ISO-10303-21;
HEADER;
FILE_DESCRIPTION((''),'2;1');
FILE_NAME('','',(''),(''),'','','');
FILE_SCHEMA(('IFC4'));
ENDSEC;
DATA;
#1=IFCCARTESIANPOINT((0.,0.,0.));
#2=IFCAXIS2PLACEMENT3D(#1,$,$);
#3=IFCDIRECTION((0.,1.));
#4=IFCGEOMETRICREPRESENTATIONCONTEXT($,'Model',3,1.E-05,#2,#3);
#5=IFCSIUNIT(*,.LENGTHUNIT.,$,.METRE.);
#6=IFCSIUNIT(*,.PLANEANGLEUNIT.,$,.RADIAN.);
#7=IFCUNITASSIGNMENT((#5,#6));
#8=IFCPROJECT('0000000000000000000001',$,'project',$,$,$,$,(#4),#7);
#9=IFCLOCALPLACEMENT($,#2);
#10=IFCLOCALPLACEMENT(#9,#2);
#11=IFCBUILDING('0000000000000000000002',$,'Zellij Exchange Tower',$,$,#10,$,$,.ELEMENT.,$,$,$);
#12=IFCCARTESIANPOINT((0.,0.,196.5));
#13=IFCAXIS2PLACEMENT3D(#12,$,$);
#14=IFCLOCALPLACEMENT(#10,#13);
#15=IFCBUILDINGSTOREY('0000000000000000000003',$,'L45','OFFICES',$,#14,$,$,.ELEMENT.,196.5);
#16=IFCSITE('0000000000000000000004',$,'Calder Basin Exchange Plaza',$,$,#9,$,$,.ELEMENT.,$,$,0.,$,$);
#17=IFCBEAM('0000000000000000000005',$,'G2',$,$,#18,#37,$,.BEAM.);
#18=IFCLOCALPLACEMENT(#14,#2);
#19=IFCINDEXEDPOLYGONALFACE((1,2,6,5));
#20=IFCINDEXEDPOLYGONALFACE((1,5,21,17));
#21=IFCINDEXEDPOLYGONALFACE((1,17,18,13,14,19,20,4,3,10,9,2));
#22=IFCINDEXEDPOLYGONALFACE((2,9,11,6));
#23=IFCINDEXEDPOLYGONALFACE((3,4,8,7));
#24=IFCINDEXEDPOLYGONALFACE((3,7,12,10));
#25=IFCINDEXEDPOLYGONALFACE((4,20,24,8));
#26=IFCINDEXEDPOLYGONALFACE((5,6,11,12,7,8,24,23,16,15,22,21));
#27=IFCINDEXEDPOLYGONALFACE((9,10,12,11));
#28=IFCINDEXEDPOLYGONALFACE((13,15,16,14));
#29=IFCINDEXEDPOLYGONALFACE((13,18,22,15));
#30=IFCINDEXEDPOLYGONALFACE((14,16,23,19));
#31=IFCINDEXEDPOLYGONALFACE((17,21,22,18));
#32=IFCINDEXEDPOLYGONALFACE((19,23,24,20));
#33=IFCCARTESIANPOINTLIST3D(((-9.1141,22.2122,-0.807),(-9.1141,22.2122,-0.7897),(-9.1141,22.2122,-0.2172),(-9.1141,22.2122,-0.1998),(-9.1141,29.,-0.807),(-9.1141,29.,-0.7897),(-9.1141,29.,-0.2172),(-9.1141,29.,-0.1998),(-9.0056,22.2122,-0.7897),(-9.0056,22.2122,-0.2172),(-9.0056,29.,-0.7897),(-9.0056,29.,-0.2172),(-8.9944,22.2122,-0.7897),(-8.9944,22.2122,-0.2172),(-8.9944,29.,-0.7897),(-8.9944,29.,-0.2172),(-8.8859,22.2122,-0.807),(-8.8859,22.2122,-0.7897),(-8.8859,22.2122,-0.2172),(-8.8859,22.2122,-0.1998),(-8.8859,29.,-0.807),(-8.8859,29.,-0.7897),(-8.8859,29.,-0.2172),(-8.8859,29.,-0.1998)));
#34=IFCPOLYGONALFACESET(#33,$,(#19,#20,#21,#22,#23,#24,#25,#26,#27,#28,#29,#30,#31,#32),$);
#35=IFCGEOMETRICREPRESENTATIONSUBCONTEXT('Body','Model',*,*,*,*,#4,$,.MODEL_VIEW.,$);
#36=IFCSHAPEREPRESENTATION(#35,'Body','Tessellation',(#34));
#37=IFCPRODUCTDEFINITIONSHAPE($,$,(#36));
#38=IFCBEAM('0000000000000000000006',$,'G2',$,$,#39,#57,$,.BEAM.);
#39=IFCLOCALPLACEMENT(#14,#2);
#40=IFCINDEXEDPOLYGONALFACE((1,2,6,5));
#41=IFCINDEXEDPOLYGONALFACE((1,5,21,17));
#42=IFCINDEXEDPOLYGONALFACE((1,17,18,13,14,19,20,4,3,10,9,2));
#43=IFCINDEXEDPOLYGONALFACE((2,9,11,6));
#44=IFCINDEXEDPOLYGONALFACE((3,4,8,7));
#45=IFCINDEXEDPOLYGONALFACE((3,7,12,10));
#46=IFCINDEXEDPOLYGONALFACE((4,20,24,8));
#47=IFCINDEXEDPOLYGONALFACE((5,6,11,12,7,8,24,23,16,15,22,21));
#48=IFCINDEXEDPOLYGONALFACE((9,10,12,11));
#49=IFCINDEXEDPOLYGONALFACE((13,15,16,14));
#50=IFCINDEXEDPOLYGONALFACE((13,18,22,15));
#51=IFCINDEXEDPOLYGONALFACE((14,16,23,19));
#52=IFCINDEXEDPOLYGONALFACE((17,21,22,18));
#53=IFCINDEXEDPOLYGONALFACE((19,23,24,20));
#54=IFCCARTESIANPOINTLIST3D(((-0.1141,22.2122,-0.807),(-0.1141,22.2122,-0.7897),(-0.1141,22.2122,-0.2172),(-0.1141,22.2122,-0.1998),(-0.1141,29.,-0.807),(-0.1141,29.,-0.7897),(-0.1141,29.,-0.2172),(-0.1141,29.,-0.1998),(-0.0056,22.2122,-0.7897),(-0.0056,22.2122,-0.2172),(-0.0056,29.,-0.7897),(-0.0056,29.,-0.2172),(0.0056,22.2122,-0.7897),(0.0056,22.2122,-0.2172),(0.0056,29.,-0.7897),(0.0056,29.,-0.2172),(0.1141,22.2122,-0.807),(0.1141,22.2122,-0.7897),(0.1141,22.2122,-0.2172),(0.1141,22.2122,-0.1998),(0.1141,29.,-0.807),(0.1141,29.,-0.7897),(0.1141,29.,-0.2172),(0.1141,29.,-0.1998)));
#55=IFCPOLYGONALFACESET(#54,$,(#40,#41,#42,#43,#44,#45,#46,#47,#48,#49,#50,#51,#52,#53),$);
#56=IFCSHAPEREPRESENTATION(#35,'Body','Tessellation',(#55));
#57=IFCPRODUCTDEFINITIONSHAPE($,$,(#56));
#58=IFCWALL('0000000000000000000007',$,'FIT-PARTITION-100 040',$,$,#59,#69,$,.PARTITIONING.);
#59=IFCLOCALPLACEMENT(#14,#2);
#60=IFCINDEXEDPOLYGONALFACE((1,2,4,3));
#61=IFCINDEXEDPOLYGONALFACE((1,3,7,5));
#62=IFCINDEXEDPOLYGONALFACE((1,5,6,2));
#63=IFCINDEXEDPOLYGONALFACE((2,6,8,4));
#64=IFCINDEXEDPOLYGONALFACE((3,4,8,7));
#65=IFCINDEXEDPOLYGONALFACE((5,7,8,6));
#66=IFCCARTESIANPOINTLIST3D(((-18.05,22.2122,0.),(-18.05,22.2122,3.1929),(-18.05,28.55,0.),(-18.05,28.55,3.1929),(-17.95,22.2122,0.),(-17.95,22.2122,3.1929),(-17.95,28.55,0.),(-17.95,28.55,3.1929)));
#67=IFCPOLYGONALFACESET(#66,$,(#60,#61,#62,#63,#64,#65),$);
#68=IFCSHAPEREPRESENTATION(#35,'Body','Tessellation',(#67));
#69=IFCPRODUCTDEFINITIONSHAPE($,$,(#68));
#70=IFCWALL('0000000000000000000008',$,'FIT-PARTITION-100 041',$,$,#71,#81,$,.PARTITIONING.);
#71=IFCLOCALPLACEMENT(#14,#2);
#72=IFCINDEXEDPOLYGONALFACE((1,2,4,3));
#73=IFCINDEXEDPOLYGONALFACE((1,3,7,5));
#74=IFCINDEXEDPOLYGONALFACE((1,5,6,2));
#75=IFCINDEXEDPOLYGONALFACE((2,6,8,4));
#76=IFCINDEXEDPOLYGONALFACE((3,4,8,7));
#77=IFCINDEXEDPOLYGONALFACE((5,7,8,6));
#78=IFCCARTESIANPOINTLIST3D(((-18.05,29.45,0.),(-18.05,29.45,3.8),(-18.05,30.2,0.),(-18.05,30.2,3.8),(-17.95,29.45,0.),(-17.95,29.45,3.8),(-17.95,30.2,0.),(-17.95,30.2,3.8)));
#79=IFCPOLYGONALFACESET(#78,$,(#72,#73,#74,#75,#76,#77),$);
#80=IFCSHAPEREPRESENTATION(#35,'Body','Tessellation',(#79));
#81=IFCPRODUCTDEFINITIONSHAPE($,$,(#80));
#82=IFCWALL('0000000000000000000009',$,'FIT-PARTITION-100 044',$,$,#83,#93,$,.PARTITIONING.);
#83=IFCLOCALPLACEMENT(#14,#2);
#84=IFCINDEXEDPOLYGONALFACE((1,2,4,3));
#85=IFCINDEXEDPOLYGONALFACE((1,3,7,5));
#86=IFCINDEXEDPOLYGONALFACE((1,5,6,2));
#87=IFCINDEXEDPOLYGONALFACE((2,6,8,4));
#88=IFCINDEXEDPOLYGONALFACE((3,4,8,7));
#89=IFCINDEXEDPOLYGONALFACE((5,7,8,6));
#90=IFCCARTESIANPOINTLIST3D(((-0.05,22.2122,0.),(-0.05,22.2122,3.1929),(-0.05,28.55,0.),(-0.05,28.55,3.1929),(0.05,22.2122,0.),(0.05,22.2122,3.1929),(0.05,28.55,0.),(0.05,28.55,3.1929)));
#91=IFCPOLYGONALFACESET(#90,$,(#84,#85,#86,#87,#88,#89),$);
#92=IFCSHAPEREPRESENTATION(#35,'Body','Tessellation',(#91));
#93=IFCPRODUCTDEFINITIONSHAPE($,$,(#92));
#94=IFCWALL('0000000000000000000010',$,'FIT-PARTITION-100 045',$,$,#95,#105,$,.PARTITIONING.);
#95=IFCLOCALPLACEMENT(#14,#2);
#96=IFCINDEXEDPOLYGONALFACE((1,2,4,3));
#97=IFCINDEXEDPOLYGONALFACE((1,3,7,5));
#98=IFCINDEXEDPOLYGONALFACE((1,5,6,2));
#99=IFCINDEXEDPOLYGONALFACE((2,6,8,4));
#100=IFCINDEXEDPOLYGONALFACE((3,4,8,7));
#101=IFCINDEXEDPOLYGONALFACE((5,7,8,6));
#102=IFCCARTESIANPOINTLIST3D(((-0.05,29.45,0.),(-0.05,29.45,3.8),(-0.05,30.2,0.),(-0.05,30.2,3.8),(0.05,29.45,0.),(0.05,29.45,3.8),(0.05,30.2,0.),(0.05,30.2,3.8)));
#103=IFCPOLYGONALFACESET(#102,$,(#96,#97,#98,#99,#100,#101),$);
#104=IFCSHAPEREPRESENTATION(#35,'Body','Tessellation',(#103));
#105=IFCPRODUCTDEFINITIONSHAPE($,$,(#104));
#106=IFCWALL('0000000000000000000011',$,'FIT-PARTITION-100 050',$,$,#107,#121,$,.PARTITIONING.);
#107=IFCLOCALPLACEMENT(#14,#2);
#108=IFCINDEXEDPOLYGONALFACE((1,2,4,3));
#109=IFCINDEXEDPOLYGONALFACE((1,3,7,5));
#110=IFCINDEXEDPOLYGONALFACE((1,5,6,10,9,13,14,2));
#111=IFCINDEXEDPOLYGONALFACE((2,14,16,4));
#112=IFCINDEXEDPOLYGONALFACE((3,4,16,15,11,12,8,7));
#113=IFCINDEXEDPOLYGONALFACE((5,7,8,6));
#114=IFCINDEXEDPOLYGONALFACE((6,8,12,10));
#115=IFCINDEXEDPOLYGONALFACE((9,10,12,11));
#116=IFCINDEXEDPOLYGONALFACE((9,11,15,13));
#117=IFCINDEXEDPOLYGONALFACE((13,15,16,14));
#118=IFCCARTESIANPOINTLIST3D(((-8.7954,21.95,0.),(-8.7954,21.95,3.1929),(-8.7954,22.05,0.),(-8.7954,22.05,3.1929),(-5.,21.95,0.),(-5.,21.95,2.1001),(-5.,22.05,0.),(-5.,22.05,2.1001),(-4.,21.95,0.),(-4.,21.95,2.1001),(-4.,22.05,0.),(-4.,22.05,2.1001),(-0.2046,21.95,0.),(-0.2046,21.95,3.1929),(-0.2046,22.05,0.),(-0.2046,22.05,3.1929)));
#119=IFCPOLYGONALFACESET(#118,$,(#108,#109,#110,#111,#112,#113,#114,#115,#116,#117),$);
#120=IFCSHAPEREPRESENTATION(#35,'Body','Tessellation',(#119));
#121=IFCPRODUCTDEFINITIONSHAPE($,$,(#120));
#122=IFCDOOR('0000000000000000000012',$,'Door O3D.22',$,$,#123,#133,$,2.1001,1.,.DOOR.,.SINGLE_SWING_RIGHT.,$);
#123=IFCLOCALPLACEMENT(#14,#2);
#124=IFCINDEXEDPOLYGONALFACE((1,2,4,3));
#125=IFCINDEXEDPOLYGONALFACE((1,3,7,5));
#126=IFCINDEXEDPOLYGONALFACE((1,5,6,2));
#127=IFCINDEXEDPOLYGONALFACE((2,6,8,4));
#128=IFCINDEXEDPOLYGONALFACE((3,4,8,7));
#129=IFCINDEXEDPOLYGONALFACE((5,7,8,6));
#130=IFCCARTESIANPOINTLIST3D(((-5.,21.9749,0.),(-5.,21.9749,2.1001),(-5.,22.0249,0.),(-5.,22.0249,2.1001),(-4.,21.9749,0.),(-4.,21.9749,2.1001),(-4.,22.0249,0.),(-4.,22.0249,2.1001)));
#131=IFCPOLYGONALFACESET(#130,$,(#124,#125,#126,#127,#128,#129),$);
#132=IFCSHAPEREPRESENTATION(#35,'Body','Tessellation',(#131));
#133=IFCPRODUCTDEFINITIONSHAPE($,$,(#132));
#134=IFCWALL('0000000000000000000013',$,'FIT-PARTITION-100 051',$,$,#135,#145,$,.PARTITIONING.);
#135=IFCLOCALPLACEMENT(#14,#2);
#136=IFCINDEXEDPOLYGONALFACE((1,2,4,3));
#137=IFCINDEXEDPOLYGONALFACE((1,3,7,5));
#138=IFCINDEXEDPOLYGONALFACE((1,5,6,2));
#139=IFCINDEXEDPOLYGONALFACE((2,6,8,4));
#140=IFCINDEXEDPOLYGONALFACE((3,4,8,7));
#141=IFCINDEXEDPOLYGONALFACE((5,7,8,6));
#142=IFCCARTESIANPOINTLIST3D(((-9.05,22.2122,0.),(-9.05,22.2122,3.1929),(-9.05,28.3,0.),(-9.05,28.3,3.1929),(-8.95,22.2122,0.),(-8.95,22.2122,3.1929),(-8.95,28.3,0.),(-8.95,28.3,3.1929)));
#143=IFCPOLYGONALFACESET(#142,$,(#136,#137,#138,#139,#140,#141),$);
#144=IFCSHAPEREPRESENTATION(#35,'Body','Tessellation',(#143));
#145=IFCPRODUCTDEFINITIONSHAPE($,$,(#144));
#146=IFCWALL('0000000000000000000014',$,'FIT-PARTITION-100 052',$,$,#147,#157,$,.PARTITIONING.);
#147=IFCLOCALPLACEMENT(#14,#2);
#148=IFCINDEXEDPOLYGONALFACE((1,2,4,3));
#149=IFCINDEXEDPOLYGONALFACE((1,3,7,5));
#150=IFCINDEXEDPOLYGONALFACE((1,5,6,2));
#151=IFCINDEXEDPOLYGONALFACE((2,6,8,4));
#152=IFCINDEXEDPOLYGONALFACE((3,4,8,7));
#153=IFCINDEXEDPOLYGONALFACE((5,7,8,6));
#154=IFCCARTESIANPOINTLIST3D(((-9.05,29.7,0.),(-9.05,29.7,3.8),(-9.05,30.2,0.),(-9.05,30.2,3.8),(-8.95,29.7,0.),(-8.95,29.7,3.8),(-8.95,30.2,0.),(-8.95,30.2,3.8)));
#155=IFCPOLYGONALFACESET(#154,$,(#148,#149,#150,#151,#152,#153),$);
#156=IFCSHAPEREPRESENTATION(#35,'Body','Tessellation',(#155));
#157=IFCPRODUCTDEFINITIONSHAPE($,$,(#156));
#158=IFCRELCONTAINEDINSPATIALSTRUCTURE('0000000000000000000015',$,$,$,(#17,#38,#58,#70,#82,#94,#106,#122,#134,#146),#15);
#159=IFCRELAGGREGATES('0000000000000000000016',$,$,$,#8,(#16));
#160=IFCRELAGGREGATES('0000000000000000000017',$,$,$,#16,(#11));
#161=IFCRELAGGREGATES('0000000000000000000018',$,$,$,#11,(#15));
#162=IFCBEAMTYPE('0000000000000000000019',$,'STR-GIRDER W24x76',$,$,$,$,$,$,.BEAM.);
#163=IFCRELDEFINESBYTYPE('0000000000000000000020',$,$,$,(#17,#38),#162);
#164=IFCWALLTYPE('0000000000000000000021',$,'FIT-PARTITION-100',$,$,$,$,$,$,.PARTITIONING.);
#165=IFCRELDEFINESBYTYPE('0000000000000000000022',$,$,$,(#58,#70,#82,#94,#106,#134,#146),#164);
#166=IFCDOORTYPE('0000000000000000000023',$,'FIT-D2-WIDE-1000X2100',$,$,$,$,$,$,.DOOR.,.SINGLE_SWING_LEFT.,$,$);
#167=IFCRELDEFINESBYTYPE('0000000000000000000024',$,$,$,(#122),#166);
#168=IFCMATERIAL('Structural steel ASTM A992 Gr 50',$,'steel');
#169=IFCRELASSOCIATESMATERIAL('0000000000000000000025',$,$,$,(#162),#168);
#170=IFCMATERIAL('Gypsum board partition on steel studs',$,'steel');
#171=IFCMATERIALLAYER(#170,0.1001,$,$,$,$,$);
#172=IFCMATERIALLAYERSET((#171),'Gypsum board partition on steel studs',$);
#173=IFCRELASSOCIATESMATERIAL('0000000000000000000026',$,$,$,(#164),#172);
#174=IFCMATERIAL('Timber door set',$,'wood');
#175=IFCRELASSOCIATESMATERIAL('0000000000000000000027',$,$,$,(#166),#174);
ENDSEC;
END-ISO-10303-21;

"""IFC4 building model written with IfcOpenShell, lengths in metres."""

from ifc_helpers import new_model, si_unit, direction, frame, frame_2d, origin, origin_2d, place, context, subcontext, project, spatial, rectangle, i_section, extrude, material, layer, layer_set, material_profile, profile_set, type_object, element, fill, save


model = new_model("IFC4")

# Units and contexts
model_context = context("Model", 3, precision=1e-05, world=origin(), true_north=direction((0.0, 1.0)))
body_context = subcontext(model_context, "Body", "Model", "MODEL_VIEW")
ifc_project = project(units=[si_unit("LENGTHUNIT", "METRE"), si_unit("PLANEANGLEUNIT", "RADIAN")], contexts=[model_context])

# Site, building, storey
site_placement = place(None, origin())
site = spatial("IfcSite", under=ifc_project, at=site_placement, Name="Calder Basin Exchange Plaza", CompositionType="ELEMENT", RefElevation=0.0)
building_placement = place(site_placement, origin())
building = spatial("IfcBuilding", under=site, at=building_placement, Name="Zellij Exchange Tower", CompositionType="ELEMENT")
storey_placement = place(building_placement, frame((0.0, 0.0, 196.5)))
storey = spatial("IfcBuildingStorey", under=building, at=storey_placement, Name="L45", Description="OFFICES", CompositionType="ELEMENT", Elevation=196.5)

# Beams
ifc_material_1 = material(Name="Structural steel ASTM A992 Gr 50", Category="steel")
ifc_material_profile_1 = material_profile(ifc_material_1, i_section(OverallWidth=0.2283, OverallDepth=0.6072, WebThickness=0.0112, FlangeThickness=0.0173, at=origin_2d()), Name="W24x76")
ifc_profile_set_1 = profile_set([ifc_material_profile_1], Name="Structural steel ASTM A992 Gr 50")
beam_type = type_object("IfcBeamType", Name="STR-GIRDER W24x76", PredefinedType="BEAM", material=ifc_profile_set_1)
for number, where, z_axis, x_axis, name in (
    (1, (-9.0, 22.2122, -0.5034), (0.0, 1.0, 0.0), (-1.0, 0.0, 0.0), "G2"),
    (2, (0.0, 22.2122, -0.5034), (0.0, 1.0, 0.0), (-1.0, 0.0, 0.0), "G2"),
):
    element("IfcBeam", number, at=place(storey_placement, frame(where, z_axis=z_axis, x_axis=x_axis)), inside=storey, type_object=beam_type, Name=name, PredefinedType="BEAM", context=body_context, shape_type="SweptSolid", body=[
        extrude(i_section(OverallWidth=0.2283, OverallDepth=0.6072, WebThickness=0.0112, FlangeThickness=0.0173, at=origin_2d()), origin(), (0.0, 0.0, 1.0), 6.7878),
    ])

# Walls
ifc_material_2 = material(Name="Gypsum board partition on steel studs", Category="steel")
ifc_layer_1 = layer(ifc_material_2, 0.1001)
ifc_layer_set_1 = layer_set([ifc_layer_1], Name="Gypsum board partition on steel studs")
wall_type = type_object("IfcWallType", Name="FIT-PARTITION-100", PredefinedType="PARTITIONING", material=ifc_layer_set_1)
wall_1_placement = place(storey_placement, frame((-18.0, 22.2122, 0.0), z_axis=(0.0, 0.0, 1.0), x_axis=(0.0, 1.0, 0.0)))
element("IfcWall", 3, at=wall_1_placement, inside=storey, type_object=wall_type, Name="FIT-PARTITION-100 040", PredefinedType="PARTITIONING", context=body_context, shape_type="SweptSolid", body=[
    extrude(rectangle(XDim=6.3379, YDim=0.1001, at=frame_2d((3.1689, 0.0))), origin(), (0.0, 0.0, 1.0), 3.1929),
])
wall_2_placement = place(storey_placement, frame((-18.0, 29.45, 0.0), z_axis=(0.0, 0.0, 1.0), x_axis=(0.0, 1.0, 0.0)))
element("IfcWall", 4, at=wall_2_placement, inside=storey, type_object=wall_type, Name="FIT-PARTITION-100 041", PredefinedType="PARTITIONING", context=body_context, shape_type="SweptSolid", body=[
    extrude(rectangle(XDim=0.75, YDim=0.1001, at=frame_2d((0.375, 0.0))), origin(), (0.0, 0.0, 1.0), 3.8),
])
wall_3_placement = place(storey_placement, frame((0.0, 22.2122, 0.0), z_axis=(0.0, 0.0, 1.0), x_axis=(0.0, 1.0, 0.0)))
element("IfcWall", 5, at=wall_3_placement, inside=storey, type_object=wall_type, Name="FIT-PARTITION-100 044", PredefinedType="PARTITIONING", context=body_context, shape_type="SweptSolid", body=[
    extrude(rectangle(XDim=6.3379, YDim=0.1001, at=frame_2d((3.1689, 0.0))), origin(), (0.0, 0.0, 1.0), 3.1929),
])
wall_4_placement = place(storey_placement, frame((0.0, 29.45, 0.0), z_axis=(0.0, 0.0, 1.0), x_axis=(0.0, 1.0, 0.0)))
element("IfcWall", 6, at=wall_4_placement, inside=storey, type_object=wall_type, Name="FIT-PARTITION-100 045", PredefinedType="PARTITIONING", context=body_context, shape_type="SweptSolid", body=[
    extrude(rectangle(XDim=0.75, YDim=0.1001, at=frame_2d((0.375, 0.0))), origin(), (0.0, 0.0, 1.0), 3.8),
])

# Wall, opening, door
wall_5_placement = place(storey_placement, frame((-8.7954, 22.0, 0.0), z_axis=(0.0, 0.0, 1.0), x_axis=(1.0, 0.0, 0.0)))
wall_5 = element("IfcWall", 7, at=wall_5_placement, inside=storey, type_object=wall_type, Name="FIT-PARTITION-100 050", PredefinedType="PARTITIONING", context=body_context, shape_type="SweptSolid", body=[
    extrude(rectangle(XDim=8.5908, YDim=0.1001, at=frame_2d((4.2954, 0.0))), origin(), (0.0, 0.0, 1.0), 3.1929),
])
opening_placement = place(wall_5_placement, frame((3.7954, 0.0, 0.0)))
opening = element("IfcOpeningElement", 8, at=opening_placement, cuts=wall_5, PredefinedType="OPENING", context=body_context, shape_type="SweptSolid", body=[
    extrude(rectangle(XDim=1.0, YDim=2.1001, at=frame_2d((0.5, 1.05))), frame((0.0, 0.062, 0.0), z_axis=(0.0, -1.0, 0.0), x_axis=(1.0, 0.0, 0.0)), (0.0, 0.0, 1.0), 0.124),
])
ifc_material_3 = material(Name="Timber door set", Category="wood")
door_type = type_object("IfcDoorType", Name="FIT-D2-WIDE-1000X2100", OperationType="SINGLE_SWING_LEFT", PredefinedType="DOOR", material=ifc_material_3)
door_placement = place(opening_placement, origin())
door = element("IfcDoor", 9, at=door_placement, inside=storey, type_object=door_type, Name="Door O3D.22", OperationType="SINGLE_SWING_RIGHT", OverallHeight=2.1001, OverallWidth=1.0, PredefinedType="DOOR", context=body_context, shape_type="SweptSolid", body=[
    extrude(rectangle(XDim=1.0, YDim=2.1001, at=frame_2d((0.5, 1.05))), frame((0.0, 0.0249, 0.0), z_axis=(0.0, -1.0, 0.0), x_axis=(1.0, 0.0, 0.0)), (0.0, 0.0, 1.0), 0.05),
])
fill(opening, door)

# Walls
wall_6_placement = place(storey_placement, frame((-9.0, 22.2122, 0.0), z_axis=(0.0, 0.0, 1.0), x_axis=(0.0, 1.0, 0.0)))
element("IfcWall", 10, at=wall_6_placement, inside=storey, type_object=wall_type, Name="FIT-PARTITION-100 051", PredefinedType="PARTITIONING", context=body_context, shape_type="SweptSolid", body=[
    extrude(rectangle(XDim=6.0879, YDim=0.1001, at=frame_2d((3.0439, 0.0))), origin(), (0.0, 0.0, 1.0), 3.1929),
])
wall_7_placement = place(storey_placement, frame((-9.0, 29.7, 0.0), z_axis=(0.0, 0.0, 1.0), x_axis=(0.0, 1.0, 0.0)))
element("IfcWall", 11, at=wall_7_placement, inside=storey, type_object=wall_type, Name="FIT-PARTITION-100 052", PredefinedType="PARTITIONING", context=body_context, shape_type="SweptSolid", body=[
    extrude(rectangle(XDim=0.5, YDim=0.1001, at=frame_2d((0.25, 0.0))), origin(), (0.0, 0.0, 1.0), 3.8),
])

save(model, "model.ifc")
